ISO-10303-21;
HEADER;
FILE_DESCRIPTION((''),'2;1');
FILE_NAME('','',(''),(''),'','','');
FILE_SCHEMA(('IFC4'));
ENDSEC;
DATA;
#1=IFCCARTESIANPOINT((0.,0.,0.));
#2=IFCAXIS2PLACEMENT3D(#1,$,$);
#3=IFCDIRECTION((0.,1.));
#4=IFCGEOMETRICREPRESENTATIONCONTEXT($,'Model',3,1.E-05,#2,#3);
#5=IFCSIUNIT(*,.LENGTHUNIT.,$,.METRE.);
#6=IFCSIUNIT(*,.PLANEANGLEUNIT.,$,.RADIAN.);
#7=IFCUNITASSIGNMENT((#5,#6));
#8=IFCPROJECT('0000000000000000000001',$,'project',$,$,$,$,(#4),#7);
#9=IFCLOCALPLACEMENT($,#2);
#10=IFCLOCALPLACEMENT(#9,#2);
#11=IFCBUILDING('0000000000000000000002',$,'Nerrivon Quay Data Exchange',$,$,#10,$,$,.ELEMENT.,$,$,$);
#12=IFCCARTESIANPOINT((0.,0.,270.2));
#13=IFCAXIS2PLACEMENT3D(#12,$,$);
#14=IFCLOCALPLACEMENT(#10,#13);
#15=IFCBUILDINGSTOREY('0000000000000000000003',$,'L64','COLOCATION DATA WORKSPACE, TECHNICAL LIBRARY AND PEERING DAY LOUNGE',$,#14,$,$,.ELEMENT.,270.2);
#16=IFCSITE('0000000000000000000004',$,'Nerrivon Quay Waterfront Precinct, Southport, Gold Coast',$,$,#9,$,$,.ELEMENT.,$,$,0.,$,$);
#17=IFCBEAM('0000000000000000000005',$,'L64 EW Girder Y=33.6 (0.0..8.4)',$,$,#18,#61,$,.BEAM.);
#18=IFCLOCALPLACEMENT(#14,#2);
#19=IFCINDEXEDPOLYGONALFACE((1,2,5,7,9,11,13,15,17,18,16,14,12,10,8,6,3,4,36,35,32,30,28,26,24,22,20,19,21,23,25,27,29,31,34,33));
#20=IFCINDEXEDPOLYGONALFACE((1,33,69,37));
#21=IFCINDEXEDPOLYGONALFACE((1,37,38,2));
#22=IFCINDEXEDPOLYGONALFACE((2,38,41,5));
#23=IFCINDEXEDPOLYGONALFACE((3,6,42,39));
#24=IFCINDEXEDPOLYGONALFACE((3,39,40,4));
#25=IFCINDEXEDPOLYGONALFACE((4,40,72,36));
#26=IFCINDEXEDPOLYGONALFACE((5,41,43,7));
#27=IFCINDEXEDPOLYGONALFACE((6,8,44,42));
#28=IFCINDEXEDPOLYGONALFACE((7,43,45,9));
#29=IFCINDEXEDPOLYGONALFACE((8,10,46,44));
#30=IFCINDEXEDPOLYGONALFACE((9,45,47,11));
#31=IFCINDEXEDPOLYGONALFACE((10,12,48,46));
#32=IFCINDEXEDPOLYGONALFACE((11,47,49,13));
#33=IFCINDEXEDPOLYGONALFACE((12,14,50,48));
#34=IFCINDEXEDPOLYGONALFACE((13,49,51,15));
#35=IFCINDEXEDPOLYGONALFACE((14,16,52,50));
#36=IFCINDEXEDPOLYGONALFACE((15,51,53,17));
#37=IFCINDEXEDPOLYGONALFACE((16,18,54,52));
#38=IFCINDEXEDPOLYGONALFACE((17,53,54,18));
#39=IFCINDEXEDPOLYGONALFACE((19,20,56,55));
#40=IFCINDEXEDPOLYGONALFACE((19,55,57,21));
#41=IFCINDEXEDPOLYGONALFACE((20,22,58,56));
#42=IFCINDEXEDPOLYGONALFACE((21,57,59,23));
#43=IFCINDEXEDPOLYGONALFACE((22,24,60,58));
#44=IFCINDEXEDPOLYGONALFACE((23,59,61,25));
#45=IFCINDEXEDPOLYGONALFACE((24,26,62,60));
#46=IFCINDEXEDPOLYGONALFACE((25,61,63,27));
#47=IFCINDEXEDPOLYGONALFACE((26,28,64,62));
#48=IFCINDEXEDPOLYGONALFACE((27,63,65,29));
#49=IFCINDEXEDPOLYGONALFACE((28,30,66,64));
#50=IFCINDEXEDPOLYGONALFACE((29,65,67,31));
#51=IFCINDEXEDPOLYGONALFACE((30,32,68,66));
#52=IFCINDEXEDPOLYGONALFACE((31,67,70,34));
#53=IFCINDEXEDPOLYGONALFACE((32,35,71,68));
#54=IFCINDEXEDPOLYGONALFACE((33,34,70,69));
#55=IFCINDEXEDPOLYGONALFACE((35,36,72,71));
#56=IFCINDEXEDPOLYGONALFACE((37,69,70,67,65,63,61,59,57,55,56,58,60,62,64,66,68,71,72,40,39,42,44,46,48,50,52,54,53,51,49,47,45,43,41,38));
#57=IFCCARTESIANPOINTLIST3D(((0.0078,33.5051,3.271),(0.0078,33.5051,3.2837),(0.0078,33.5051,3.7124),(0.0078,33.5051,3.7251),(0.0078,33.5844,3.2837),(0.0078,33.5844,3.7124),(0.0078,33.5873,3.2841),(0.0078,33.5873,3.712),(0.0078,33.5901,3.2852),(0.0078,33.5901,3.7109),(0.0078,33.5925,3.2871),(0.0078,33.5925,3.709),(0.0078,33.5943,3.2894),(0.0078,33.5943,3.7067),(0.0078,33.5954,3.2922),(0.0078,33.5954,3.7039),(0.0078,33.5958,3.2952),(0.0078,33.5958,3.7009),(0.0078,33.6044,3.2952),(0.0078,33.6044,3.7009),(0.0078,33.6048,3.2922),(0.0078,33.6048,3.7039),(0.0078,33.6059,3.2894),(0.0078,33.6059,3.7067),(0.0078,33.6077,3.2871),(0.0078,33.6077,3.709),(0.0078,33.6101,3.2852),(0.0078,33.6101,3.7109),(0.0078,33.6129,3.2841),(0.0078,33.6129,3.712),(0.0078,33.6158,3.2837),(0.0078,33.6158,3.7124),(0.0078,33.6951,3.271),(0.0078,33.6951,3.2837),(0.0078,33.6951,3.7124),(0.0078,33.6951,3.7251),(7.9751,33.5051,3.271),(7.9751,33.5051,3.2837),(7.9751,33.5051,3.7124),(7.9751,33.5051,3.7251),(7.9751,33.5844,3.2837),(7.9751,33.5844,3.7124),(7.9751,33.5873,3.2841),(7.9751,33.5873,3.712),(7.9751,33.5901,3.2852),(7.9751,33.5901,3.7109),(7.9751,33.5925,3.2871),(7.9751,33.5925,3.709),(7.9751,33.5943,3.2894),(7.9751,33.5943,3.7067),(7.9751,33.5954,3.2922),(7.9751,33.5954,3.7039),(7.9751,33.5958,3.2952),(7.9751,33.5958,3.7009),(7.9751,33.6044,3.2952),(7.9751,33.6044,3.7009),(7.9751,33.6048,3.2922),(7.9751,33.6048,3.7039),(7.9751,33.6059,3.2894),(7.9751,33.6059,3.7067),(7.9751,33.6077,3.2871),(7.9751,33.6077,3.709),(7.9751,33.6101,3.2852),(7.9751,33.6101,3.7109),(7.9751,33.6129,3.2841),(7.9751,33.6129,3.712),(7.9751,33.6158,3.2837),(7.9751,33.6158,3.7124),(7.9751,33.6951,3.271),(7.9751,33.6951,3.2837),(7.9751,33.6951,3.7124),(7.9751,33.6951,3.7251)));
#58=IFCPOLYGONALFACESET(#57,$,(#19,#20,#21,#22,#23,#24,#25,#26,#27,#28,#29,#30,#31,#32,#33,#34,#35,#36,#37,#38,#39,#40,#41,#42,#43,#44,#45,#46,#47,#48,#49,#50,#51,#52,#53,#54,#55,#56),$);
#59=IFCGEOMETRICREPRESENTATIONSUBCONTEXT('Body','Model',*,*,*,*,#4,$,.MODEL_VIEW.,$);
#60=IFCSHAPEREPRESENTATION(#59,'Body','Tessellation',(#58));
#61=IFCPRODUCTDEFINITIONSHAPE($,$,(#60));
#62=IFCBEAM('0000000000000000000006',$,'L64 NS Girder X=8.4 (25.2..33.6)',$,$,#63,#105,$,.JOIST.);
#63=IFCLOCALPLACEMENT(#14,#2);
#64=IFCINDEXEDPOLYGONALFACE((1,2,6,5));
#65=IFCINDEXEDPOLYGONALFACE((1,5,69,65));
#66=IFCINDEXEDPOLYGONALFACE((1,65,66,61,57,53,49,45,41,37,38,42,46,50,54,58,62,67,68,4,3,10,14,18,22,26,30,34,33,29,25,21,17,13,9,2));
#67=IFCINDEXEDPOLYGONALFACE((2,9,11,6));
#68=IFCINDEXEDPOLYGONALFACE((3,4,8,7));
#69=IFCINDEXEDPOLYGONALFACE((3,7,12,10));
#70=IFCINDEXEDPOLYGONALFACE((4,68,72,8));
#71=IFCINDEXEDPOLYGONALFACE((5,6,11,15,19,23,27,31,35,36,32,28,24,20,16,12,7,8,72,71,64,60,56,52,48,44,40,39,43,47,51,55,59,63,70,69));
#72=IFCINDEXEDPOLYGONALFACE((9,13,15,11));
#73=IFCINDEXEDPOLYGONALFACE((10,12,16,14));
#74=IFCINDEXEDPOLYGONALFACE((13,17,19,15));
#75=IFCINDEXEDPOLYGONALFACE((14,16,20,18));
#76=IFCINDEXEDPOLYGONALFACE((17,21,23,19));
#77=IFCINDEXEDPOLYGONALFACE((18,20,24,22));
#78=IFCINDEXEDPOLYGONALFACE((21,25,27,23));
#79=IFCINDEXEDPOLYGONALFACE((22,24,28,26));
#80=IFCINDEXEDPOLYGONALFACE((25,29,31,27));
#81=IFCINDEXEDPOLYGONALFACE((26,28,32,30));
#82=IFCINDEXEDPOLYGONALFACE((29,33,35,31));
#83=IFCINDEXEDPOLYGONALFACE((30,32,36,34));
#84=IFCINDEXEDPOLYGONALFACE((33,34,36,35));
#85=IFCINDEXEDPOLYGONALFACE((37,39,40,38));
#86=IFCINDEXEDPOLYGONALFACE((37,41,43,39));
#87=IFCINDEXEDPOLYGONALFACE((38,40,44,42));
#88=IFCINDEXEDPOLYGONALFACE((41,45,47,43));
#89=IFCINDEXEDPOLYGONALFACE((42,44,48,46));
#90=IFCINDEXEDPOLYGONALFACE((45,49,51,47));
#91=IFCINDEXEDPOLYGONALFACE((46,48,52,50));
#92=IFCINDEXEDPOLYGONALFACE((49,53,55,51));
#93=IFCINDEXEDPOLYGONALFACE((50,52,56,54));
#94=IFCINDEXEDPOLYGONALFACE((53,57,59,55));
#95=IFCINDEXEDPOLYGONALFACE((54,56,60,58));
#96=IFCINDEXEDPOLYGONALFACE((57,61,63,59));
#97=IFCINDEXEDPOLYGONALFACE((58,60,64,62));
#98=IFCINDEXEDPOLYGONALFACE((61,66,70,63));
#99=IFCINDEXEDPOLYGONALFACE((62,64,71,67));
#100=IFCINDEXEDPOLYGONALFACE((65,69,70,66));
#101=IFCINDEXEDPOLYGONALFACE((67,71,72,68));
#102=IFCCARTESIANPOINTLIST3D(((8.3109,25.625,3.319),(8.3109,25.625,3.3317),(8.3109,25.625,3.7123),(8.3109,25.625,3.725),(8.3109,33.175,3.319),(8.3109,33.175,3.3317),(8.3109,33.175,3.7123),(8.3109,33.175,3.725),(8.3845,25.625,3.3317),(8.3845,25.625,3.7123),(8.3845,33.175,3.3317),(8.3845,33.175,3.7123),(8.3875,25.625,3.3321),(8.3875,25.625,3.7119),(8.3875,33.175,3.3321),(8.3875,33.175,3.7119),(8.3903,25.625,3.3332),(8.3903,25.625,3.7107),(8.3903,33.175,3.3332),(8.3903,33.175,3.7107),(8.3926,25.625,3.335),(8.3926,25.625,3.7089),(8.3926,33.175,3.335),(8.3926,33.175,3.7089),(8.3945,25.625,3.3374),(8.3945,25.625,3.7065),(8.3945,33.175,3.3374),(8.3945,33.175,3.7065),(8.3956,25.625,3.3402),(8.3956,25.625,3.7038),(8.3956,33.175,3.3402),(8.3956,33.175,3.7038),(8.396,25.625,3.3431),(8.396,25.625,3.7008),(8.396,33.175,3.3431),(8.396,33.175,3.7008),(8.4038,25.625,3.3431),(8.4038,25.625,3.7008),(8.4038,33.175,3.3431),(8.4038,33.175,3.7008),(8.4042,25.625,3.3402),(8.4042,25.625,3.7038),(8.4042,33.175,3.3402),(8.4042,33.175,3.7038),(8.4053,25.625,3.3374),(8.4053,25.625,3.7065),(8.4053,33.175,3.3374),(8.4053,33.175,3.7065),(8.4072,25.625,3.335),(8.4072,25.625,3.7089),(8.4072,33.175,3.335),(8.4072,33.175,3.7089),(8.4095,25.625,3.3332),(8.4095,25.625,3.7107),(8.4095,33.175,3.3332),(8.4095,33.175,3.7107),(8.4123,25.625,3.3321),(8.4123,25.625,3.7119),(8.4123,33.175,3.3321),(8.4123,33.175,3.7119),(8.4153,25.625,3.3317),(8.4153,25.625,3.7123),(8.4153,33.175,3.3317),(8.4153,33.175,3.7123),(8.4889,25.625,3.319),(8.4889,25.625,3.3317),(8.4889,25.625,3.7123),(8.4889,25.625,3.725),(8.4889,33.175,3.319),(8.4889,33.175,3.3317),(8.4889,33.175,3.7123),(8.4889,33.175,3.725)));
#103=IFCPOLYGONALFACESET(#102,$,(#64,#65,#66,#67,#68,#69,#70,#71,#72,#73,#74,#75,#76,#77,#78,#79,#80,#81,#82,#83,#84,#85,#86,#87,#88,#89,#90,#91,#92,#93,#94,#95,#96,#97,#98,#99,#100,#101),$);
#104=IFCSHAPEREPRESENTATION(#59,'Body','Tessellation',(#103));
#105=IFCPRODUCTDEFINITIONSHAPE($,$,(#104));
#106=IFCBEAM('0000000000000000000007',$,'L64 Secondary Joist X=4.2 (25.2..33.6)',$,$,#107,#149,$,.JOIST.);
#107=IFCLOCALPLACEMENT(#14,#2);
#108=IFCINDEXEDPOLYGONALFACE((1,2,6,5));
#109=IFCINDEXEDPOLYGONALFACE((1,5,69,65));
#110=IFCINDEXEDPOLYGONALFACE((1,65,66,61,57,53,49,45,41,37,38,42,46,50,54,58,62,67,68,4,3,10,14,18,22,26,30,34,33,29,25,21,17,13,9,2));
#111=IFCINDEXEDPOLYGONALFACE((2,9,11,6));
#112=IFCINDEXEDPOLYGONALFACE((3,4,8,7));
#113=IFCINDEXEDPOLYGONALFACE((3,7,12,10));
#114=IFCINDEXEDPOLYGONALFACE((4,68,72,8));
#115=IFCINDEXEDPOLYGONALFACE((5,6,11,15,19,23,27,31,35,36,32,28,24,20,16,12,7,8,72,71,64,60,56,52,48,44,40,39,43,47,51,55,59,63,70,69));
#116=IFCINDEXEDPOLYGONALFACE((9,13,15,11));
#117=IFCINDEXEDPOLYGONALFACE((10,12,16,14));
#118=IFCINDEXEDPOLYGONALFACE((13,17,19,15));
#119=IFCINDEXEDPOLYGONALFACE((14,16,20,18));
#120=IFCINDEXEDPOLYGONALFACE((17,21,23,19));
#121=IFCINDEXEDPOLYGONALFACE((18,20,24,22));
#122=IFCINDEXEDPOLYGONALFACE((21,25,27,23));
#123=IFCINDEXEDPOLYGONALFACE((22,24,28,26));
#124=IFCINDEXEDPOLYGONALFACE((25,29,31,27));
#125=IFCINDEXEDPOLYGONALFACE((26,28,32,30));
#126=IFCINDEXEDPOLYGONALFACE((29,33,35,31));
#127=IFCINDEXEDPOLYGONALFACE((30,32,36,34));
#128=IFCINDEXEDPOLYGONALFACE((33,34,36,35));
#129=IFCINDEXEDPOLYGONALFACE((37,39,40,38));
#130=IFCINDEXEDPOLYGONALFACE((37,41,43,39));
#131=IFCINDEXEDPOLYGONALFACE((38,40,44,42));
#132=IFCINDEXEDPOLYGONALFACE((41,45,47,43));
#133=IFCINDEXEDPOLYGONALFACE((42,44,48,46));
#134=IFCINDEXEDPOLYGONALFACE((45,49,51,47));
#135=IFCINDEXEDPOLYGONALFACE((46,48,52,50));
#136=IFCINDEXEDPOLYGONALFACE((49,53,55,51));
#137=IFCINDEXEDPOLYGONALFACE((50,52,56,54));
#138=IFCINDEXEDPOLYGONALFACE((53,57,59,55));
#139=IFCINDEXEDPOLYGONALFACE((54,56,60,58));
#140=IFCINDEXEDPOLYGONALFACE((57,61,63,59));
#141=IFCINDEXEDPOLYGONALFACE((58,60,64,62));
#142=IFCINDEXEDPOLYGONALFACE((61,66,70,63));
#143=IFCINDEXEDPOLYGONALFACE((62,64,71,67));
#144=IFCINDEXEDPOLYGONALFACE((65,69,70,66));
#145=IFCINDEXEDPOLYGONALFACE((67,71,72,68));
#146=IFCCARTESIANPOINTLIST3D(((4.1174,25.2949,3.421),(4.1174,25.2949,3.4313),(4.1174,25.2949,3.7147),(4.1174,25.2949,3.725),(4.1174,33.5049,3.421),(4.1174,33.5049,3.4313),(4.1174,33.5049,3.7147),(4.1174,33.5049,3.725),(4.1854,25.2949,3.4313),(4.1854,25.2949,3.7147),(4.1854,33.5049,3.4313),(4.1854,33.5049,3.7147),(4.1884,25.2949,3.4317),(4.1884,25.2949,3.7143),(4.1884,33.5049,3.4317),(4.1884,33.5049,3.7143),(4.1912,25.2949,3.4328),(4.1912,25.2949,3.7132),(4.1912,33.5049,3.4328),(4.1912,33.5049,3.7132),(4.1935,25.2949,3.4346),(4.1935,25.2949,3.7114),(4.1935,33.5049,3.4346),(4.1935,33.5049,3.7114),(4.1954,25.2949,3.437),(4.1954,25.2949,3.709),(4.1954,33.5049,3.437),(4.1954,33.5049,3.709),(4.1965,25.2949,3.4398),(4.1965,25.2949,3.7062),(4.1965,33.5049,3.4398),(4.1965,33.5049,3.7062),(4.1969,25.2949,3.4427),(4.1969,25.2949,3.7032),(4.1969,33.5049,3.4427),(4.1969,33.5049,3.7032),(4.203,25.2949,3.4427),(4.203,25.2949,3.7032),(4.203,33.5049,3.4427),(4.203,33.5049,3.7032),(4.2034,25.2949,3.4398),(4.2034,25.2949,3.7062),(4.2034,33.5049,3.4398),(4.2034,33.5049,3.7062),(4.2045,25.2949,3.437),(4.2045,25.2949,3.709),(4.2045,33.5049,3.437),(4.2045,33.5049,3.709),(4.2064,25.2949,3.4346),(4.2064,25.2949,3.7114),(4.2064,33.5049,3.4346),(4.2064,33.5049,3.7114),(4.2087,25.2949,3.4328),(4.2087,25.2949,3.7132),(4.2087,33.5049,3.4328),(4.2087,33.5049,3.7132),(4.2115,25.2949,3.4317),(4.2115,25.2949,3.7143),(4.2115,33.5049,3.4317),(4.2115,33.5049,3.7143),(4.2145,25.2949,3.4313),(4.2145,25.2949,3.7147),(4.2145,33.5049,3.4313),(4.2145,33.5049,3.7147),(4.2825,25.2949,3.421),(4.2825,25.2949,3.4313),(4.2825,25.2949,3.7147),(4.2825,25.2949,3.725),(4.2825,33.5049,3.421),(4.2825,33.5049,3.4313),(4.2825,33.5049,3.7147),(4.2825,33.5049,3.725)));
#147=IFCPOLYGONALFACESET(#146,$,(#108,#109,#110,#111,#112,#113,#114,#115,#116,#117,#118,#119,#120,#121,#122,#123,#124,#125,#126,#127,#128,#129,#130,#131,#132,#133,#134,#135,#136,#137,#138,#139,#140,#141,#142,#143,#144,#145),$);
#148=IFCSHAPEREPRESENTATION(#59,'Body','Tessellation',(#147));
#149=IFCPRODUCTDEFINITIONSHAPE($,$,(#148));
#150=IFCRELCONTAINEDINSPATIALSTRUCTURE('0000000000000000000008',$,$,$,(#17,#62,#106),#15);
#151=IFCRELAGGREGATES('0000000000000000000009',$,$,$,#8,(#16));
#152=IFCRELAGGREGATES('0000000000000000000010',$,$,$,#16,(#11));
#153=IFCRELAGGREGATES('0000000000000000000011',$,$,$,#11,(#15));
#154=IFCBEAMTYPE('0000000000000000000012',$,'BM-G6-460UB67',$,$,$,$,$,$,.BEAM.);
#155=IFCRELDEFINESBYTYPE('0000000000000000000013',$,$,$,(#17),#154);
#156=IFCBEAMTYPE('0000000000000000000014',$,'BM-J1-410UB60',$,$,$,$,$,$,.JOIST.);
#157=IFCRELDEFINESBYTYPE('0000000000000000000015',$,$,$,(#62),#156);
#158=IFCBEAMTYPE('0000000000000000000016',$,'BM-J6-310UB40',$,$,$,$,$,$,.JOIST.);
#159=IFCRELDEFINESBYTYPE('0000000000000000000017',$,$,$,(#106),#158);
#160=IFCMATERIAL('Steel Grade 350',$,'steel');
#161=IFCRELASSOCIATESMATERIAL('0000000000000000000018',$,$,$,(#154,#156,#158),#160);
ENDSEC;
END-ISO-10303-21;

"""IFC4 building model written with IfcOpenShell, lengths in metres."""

from ifc_helpers import new_model, si_unit, direction, frame, origin, origin_2d, place, context, subcontext, project, spatial, i_section, extrude, material, material_profile, profile_set, type_object, element, save


model = new_model("IFC4")

# Units and contexts
model_context = context("Model", 3, precision=1e-05, world=origin(), true_north=direction((0.0, 1.0)))
body_context = subcontext(model_context, "Body", "Model", "MODEL_VIEW")
ifc_project = project(units=[si_unit("LENGTHUNIT", "METRE"), si_unit("PLANEANGLEUNIT", "RADIAN")], contexts=[model_context])

# Site, building, storey
site_placement = place(None, origin())
site = spatial("IfcSite", under=ifc_project, at=site_placement, Name="Nerrivon Quay Waterfront Precinct, Southport, Gold Coast", CompositionType="ELEMENT", RefElevation=0.0)
building_placement = place(site_placement, origin())
building = spatial("IfcBuilding", under=site, at=building_placement, Name="Nerrivon Quay Data Exchange", CompositionType="ELEMENT")
storey_placement = place(building_placement, frame((0.0, 0.0, 270.2)))
storey = spatial("IfcBuildingStorey", under=building, at=storey_placement, Name="L64", Description="COLOCATION DATA WORKSPACE, TECHNICAL LIBRARY AND PEERING DAY LOUNGE", CompositionType="ELEMENT", Elevation=270.2)

# Shared definitions
ifc_material_1 = material(Name="Steel Grade 350", Category="steel")

# Beams
ifc_material_profile_1 = material_profile(ifc_material_1, i_section(OverallWidth=0.1899, OverallDepth=0.4541, WebThickness=0.0085, FlangeThickness=0.0127, FilletRadius=0.0115, at=origin_2d()), Name="460UB67.1")
ifc_profile_set_1 = profile_set([ifc_material_profile_1], Name="Steel Grade 350")
beam_type_1 = type_object("IfcBeamType", Name="BM-G6-460UB67", PredefinedType="BEAM", material=ifc_profile_set_1)
for number, where, z_axis, x_axis, name in (
    (1, (0.0078, 33.6001, 3.498), (1.0, 0.0, 0.0), (0.0, 1.0, 0.0), "L64 EW Girder Y=33.6 (0.0..8.4)"),
):
    element("IfcBeam", number, at=place(storey_placement, frame(where, z_axis=z_axis, x_axis=x_axis)), inside=storey, type_object=beam_type_1, Name=name, PredefinedType="BEAM", context=body_context, shape_type="SweptSolid", body=[
        extrude(i_section(OverallWidth=0.1899, OverallDepth=0.4541, WebThickness=0.0085, FlangeThickness=0.0127, FilletRadius=0.0115, at=origin_2d()), origin(), (0.0, 0.0, 1.0), 7.9673),
    ])
ifc_material_profile_2 = material_profile(ifc_material_1, i_section(OverallWidth=0.178, OverallDepth=0.406, WebThickness=0.0078, FlangeThickness=0.0127, FilletRadius=0.0115, at=origin_2d()), Name="410UB59.7")
ifc_profile_set_2 = profile_set([ifc_material_profile_2], Name="Steel Grade 350")
beam_type_2 = type_object("IfcBeamType", Name="BM-J1-410UB60", PredefinedType="JOIST", material=ifc_profile_set_2)
beam_1_placement = place(storey_placement, frame((8.3999, 25.625, 3.522), z_axis=(0.0, 1.0, 0.0), x_axis=(-1.0, 0.0, 0.0)))
element("IfcBeam", 2, at=beam_1_placement, inside=storey, type_object=beam_type_2, Name="L64 NS Girder X=8.4 (25.2..33.6)", PredefinedType="JOIST", context=body_context, shape_type="SweptSolid", body=[
    extrude(i_section(OverallWidth=0.178, OverallDepth=0.406, WebThickness=0.0078, FlangeThickness=0.0127, FilletRadius=0.0115, at=origin_2d()), origin(), (0.0, 0.0, 1.0), 7.55),
])
ifc_material_profile_3 = material_profile(ifc_material_1, i_section(OverallWidth=0.165, OverallDepth=0.304, WebThickness=0.0061, FlangeThickness=0.0103, FilletRadius=0.0115, at=origin_2d()), Name="310UB40.4")
ifc_profile_set_3 = profile_set([ifc_material_profile_3], Name="Steel Grade 350")
beam_type_3 = type_object("IfcBeamType", Name="BM-J6-310UB40", PredefinedType="JOIST", material=ifc_profile_set_3)
beam_2_placement = place(storey_placement, frame((4.2, 25.2949, 3.573), z_axis=(0.0, 1.0, 0.0), x_axis=(-1.0, 0.0, 0.0)))
element("IfcBeam", 3, at=beam_2_placement, inside=storey, type_object=beam_type_3, Name="L64 Secondary Joist X=4.2 (25.2..33.6)", PredefinedType="JOIST", context=body_context, shape_type="SweptSolid", body=[
    extrude(i_section(OverallWidth=0.165, OverallDepth=0.304, WebThickness=0.0061, FlangeThickness=0.0103, FilletRadius=0.0115, at=origin_2d()), origin(), (0.0, 0.0, 1.0), 8.21),
])

save(model, "model.ifc")
